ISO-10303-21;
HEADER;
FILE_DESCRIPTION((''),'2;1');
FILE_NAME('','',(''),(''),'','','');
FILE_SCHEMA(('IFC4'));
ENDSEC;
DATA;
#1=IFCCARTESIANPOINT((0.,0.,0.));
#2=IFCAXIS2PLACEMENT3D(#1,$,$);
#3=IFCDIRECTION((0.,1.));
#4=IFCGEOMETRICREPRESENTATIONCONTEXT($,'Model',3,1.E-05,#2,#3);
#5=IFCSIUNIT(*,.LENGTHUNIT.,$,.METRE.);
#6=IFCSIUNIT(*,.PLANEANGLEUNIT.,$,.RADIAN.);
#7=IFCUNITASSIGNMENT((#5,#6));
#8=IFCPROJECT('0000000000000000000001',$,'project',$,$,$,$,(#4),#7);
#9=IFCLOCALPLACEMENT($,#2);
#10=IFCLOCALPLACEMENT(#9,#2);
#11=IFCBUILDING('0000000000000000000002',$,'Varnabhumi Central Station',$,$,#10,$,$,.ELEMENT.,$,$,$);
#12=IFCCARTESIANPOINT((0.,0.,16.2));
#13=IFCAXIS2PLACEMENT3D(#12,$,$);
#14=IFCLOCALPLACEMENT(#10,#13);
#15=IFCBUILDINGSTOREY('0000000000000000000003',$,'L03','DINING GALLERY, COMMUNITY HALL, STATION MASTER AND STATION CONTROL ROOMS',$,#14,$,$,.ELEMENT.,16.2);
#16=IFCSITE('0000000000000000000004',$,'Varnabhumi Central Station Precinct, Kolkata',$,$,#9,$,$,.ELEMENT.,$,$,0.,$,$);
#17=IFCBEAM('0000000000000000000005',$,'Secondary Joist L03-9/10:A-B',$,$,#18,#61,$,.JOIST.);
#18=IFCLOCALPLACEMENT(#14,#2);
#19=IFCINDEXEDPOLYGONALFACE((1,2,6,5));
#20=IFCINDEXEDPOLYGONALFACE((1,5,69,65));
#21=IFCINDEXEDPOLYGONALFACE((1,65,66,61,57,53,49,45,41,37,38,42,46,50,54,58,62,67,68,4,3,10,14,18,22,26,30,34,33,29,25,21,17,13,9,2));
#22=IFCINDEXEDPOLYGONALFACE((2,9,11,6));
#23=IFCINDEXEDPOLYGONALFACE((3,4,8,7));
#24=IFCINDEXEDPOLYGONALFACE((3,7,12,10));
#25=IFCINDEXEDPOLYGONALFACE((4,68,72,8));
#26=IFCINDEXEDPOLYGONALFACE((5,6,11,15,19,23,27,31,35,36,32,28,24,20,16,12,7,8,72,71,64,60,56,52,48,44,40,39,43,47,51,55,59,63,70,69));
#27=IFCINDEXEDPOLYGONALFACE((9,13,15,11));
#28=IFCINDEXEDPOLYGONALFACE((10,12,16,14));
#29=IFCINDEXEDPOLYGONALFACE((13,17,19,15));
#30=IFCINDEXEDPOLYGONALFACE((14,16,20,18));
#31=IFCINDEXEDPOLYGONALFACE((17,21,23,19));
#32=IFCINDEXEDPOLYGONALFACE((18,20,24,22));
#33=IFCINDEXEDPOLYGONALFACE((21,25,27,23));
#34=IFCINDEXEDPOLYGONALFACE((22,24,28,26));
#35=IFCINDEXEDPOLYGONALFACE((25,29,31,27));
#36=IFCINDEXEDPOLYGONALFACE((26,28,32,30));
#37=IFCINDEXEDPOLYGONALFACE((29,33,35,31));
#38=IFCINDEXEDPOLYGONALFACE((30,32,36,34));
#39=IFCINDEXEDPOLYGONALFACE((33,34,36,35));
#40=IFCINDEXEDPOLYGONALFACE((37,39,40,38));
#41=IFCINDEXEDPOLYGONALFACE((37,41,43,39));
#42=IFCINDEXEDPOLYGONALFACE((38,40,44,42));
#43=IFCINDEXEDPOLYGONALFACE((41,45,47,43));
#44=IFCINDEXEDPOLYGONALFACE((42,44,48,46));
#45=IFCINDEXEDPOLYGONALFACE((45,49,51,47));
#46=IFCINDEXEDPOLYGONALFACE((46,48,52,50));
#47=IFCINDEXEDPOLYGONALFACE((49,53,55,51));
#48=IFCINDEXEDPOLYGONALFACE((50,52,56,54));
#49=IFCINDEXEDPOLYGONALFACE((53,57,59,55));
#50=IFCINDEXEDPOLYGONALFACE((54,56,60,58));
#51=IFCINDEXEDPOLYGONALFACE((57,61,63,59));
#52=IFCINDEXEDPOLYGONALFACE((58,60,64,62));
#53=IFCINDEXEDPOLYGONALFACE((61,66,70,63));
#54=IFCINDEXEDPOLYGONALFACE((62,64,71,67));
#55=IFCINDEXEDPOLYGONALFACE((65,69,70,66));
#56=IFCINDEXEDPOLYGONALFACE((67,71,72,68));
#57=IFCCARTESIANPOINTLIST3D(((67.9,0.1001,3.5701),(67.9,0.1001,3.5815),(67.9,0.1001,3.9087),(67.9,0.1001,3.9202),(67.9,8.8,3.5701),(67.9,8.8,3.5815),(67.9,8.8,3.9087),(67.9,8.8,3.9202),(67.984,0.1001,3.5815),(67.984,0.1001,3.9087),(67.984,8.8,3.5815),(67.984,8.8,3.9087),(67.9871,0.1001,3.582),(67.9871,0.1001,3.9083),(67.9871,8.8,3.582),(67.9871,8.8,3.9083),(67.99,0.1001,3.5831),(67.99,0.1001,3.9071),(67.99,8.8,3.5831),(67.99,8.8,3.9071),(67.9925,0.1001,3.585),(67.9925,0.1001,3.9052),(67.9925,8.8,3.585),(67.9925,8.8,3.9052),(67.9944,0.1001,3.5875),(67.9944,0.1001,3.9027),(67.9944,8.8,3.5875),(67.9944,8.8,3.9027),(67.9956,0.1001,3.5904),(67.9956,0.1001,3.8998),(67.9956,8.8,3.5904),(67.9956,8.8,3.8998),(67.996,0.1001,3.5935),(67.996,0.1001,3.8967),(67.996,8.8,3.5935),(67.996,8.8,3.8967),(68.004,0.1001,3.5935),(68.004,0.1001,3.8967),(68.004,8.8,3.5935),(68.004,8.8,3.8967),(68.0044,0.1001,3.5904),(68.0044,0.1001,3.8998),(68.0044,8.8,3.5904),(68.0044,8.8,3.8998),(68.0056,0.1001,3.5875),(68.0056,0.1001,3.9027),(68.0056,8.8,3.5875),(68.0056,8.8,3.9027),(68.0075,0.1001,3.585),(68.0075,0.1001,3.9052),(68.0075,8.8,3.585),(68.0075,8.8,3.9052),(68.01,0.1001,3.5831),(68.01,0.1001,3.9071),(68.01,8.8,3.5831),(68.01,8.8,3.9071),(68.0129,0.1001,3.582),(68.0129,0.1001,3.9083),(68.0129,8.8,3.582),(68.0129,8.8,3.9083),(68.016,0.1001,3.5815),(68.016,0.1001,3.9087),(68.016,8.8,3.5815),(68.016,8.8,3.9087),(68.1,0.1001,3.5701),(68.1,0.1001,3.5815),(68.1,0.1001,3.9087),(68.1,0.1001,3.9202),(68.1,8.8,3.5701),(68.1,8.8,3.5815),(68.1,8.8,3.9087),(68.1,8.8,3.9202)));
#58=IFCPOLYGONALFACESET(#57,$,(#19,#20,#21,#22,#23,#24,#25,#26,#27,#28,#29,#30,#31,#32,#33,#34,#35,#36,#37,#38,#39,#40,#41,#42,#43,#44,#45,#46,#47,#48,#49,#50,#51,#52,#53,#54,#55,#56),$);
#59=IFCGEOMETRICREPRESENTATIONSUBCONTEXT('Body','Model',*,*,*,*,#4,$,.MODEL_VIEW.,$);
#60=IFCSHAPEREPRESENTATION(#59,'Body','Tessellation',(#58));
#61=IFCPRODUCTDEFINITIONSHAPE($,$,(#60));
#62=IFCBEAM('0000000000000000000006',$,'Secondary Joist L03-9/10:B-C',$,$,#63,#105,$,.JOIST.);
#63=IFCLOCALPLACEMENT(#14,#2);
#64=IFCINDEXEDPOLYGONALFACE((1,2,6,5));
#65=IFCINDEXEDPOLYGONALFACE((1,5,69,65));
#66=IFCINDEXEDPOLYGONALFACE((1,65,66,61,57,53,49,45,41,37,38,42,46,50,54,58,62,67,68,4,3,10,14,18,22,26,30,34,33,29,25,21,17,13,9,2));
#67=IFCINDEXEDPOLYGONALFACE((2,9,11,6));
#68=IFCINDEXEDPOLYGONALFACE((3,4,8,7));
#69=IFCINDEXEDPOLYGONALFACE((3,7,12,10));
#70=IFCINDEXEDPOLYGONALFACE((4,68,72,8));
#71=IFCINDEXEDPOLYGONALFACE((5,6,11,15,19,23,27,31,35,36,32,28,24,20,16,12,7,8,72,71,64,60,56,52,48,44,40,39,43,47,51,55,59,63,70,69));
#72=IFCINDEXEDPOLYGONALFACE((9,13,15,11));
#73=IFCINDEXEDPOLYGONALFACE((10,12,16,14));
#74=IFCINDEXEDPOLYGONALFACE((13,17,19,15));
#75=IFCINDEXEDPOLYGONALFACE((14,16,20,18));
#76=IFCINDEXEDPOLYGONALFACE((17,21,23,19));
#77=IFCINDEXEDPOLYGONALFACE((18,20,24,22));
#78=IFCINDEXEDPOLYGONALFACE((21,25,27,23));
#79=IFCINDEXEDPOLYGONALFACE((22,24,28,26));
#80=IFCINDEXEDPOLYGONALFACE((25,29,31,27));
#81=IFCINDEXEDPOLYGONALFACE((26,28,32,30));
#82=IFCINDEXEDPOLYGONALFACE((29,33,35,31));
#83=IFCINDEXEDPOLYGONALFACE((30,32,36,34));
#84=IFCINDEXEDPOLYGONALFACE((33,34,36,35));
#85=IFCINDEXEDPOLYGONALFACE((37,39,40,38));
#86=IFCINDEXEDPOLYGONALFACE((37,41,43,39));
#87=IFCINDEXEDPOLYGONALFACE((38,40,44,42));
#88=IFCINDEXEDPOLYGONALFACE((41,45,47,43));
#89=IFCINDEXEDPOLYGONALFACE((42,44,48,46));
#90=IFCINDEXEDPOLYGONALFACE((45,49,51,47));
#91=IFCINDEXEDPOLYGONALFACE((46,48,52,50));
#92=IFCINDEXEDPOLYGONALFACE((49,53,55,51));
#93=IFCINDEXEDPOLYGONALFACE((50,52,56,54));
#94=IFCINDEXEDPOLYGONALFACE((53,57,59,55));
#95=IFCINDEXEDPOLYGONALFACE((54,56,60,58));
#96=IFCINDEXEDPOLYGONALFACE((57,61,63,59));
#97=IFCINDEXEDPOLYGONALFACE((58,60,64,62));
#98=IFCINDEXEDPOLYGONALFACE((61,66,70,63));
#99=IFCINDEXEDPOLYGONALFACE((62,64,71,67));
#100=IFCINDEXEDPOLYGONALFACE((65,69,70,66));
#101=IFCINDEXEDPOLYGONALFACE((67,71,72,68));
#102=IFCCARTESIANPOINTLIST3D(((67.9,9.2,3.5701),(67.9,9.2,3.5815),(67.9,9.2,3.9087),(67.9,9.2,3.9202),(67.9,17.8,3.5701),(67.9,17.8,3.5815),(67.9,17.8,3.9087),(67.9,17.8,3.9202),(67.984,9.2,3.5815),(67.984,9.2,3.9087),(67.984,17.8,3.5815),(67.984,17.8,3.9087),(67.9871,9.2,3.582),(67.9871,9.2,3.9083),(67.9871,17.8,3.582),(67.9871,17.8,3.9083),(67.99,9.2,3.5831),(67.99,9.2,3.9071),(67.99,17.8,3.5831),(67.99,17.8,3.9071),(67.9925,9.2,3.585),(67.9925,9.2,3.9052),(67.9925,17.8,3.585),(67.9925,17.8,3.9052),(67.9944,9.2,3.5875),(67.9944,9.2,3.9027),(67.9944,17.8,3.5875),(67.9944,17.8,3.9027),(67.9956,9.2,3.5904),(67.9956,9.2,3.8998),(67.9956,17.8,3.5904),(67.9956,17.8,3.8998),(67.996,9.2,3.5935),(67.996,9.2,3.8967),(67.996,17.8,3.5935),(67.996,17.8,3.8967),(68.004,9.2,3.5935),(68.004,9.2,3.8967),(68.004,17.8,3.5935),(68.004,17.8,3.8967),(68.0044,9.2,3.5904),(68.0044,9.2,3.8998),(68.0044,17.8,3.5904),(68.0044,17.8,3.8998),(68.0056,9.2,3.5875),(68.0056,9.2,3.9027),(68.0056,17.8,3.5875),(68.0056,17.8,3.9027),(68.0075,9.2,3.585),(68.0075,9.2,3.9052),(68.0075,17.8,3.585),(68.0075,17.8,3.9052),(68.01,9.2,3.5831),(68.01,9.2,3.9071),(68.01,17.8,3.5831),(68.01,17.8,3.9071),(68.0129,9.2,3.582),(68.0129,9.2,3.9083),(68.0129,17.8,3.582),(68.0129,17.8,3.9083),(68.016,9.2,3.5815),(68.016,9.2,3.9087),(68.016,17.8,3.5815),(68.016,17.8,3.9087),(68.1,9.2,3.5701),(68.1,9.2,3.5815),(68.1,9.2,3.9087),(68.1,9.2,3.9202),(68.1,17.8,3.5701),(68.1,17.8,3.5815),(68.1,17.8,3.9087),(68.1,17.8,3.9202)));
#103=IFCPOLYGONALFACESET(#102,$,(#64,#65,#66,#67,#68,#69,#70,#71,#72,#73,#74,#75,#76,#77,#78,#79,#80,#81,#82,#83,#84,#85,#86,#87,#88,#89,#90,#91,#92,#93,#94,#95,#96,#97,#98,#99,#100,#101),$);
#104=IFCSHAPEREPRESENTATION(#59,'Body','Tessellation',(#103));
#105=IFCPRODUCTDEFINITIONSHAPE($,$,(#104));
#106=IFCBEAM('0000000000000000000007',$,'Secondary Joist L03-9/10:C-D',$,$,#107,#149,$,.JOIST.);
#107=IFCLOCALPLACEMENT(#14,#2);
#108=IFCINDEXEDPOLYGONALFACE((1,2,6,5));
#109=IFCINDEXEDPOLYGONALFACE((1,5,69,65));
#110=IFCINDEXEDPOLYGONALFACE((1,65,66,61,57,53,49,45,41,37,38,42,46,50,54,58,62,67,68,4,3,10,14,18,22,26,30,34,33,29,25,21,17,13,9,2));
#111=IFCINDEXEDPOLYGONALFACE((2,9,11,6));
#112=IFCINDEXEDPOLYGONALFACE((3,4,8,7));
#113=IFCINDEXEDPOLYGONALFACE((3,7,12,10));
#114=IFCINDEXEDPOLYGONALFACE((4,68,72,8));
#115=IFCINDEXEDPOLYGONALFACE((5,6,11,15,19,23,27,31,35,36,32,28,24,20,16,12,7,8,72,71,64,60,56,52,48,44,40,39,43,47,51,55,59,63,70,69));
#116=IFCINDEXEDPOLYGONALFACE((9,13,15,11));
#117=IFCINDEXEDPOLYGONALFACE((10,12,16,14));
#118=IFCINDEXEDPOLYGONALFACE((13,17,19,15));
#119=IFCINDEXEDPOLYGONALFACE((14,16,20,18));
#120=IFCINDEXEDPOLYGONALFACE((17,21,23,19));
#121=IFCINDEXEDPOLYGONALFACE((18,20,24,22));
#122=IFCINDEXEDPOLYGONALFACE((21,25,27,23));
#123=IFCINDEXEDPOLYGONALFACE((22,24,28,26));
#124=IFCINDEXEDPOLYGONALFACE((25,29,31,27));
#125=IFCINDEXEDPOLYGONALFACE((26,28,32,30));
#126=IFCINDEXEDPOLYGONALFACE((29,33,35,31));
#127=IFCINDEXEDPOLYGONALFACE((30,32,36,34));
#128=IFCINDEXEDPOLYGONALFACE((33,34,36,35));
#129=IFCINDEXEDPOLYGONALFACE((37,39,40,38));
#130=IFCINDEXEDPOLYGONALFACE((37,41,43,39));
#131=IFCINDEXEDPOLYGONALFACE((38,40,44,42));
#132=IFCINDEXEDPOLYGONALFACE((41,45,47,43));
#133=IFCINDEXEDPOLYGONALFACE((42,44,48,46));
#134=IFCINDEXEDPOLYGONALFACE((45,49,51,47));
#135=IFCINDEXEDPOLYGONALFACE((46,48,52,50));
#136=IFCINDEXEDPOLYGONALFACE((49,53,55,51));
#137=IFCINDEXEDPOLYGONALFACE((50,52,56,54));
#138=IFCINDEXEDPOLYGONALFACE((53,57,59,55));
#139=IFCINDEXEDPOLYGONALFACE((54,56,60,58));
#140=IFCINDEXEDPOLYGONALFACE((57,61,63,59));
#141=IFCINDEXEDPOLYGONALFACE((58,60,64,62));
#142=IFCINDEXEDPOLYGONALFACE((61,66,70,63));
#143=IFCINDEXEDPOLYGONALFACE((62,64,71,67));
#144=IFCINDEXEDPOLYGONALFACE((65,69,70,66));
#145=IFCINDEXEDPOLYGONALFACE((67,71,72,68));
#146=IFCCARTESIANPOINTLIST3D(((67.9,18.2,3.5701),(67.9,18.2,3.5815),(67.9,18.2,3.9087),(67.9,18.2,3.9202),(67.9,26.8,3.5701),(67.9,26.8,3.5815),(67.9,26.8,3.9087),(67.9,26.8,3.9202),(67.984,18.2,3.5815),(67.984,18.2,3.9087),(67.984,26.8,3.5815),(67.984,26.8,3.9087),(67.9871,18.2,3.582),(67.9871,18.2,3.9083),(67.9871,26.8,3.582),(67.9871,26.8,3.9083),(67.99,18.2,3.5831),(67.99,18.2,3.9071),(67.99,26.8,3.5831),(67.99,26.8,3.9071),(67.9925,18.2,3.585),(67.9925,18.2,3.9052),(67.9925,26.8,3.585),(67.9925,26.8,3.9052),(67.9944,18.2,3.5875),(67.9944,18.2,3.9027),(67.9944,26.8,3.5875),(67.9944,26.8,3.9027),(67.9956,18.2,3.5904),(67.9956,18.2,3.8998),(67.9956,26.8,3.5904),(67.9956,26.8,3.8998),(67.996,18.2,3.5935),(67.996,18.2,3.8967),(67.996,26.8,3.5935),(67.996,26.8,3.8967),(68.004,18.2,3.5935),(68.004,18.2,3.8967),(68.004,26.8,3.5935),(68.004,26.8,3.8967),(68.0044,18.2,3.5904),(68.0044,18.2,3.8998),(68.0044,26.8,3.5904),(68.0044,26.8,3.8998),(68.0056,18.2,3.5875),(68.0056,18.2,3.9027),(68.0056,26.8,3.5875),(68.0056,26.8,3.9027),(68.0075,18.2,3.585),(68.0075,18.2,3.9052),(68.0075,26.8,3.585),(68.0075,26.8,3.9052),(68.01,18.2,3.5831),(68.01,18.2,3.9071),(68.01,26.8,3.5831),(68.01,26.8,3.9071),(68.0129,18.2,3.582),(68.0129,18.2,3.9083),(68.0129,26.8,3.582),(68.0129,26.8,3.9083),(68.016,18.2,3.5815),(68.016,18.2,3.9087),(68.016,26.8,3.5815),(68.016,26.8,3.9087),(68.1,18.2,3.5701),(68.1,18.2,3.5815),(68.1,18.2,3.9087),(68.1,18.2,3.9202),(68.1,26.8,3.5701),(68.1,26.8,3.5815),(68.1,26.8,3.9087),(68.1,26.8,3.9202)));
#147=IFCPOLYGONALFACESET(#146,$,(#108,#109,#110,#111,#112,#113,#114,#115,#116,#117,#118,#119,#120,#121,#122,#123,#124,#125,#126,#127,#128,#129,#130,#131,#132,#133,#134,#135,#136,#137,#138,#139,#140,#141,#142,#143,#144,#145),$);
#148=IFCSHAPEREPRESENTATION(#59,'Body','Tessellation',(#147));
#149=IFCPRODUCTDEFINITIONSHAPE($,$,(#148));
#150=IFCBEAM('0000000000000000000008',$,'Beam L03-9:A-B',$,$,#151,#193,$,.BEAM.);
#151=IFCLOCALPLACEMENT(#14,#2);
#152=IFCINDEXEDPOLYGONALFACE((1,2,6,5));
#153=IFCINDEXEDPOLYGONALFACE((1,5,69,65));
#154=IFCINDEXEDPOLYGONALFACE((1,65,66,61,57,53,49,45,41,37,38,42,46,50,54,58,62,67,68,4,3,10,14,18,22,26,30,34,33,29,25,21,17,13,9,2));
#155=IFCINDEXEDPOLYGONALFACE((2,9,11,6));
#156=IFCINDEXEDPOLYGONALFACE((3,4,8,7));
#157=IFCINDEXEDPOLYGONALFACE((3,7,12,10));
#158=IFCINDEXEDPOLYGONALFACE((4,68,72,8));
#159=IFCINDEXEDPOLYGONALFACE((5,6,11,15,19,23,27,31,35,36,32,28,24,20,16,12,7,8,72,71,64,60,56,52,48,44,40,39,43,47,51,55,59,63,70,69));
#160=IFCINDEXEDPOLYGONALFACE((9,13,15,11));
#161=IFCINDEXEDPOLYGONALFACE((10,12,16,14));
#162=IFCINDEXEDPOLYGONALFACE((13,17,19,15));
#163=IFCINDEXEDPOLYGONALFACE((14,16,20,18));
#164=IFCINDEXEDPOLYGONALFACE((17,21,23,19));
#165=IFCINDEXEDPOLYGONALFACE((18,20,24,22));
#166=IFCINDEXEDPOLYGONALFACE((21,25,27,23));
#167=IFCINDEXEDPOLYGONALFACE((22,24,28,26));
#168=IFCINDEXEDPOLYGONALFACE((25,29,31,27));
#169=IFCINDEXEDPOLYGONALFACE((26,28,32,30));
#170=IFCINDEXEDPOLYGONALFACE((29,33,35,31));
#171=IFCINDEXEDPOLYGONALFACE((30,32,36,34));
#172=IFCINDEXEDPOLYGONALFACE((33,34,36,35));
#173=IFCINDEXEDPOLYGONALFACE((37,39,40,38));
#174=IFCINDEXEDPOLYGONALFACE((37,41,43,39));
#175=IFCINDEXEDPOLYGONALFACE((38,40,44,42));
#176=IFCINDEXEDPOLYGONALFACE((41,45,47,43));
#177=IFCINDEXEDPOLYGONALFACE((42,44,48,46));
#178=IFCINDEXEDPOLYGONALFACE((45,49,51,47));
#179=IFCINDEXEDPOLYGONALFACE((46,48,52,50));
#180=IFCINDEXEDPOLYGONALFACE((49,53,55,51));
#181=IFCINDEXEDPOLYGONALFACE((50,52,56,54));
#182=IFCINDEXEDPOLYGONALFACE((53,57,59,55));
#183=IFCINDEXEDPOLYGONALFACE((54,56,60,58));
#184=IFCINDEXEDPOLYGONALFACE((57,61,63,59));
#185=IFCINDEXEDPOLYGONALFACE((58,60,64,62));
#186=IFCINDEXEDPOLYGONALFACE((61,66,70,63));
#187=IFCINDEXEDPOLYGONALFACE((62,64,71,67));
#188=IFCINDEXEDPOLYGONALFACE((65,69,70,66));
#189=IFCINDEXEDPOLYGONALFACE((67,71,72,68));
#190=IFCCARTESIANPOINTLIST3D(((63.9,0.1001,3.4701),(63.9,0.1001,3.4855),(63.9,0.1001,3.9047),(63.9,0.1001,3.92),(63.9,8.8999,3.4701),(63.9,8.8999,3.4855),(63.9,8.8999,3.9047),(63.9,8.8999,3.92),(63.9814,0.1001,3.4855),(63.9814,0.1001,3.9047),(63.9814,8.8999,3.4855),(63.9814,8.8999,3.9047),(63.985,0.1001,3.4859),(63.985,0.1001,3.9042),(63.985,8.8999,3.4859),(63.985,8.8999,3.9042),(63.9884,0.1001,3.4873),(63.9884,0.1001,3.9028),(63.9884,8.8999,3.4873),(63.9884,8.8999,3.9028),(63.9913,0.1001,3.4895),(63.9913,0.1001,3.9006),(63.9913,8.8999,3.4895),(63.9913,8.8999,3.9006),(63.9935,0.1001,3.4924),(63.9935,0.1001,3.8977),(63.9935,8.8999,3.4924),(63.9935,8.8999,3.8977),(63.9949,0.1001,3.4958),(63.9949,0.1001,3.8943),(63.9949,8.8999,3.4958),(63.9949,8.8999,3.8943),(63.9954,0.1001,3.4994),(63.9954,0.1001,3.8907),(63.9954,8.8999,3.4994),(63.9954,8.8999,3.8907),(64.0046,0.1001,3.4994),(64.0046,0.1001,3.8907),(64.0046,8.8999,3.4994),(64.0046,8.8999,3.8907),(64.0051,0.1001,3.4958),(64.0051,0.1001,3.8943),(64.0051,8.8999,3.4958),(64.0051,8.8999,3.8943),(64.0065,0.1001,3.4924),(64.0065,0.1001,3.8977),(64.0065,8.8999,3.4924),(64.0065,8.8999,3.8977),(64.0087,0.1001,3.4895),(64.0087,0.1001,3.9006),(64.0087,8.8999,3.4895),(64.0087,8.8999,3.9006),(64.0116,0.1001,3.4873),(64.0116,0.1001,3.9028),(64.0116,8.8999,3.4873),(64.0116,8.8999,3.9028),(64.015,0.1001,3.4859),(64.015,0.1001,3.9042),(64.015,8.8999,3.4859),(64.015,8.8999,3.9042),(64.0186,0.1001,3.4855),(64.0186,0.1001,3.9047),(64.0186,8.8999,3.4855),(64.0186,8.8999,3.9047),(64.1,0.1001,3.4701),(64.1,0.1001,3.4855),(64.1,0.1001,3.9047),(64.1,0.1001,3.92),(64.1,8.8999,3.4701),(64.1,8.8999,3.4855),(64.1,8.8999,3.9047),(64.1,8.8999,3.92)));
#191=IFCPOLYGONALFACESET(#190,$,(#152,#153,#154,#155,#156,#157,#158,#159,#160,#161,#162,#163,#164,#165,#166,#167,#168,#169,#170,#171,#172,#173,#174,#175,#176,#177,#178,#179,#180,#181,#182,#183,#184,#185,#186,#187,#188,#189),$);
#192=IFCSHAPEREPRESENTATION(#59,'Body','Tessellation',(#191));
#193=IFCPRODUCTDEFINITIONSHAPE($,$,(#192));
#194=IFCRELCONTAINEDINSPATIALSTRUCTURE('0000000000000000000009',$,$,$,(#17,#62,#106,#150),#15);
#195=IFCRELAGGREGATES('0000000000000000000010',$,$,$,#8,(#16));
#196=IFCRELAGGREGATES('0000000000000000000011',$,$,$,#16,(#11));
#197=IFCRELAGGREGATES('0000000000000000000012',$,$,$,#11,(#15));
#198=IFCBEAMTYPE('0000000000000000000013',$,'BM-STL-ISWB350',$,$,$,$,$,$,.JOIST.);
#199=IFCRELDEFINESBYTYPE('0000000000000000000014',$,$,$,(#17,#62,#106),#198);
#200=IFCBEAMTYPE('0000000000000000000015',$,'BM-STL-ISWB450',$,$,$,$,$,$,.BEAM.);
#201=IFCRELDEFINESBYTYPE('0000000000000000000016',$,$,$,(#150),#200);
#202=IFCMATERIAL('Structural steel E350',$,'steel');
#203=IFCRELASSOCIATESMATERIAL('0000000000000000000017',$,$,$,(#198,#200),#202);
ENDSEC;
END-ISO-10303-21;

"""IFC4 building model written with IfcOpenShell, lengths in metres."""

from ifc_helpers import new_model, si_unit, direction, frame, origin, origin_2d, place, context, subcontext, project, spatial, i_section, extrude, material, material_profile, profile_set, type_object, element, save


model = new_model("IFC4")

# Units and contexts
model_context = context("Model", 3, precision=1e-05, world=origin(), true_north=direction((0.0, 1.0)))
body_context = subcontext(model_context, "Body", "Model", "MODEL_VIEW")
ifc_project = project(units=[si_unit("LENGTHUNIT", "METRE"), si_unit("PLANEANGLEUNIT", "RADIAN")], contexts=[model_context])

# Site, building, storey
site_placement = place(None, origin())
site = spatial("IfcSite", under=ifc_project, at=site_placement, Name="Varnabhumi Central Station Precinct, Kolkata", CompositionType="ELEMENT", RefElevation=0.0)
building_placement = place(site_placement, origin())
building = spatial("IfcBuilding", under=site, at=building_placement, Name="Varnabhumi Central Station", CompositionType="ELEMENT")
storey_placement = place(building_placement, frame((0.0, 0.0, 16.2)))
storey = spatial("IfcBuildingStorey", under=building, at=storey_placement, Name="L03", Description="DINING GALLERY, COMMUNITY HALL, STATION MASTER AND STATION CONTROL ROOMS", CompositionType="ELEMENT", Elevation=16.2)

# Beams
ifc_material_1 = material(Name="Structural steel E350", Category="steel")
ifc_material_profile_1 = material_profile(ifc_material_1, i_section(OverallWidth=0.2, OverallDepth=0.3501, WebThickness=0.0081, FlangeThickness=0.0115, FilletRadius=0.012, at=origin_2d()), Name="Structural steel E350", Category="steel")
ifc_profile_set_1 = profile_set([ifc_material_profile_1], Name="Structural steel E350")
beam_type_1 = type_object("IfcBeamType", Name="BM-STL-ISWB350", PredefinedType="JOIST", material=ifc_profile_set_1)
beam_1_placement = place(storey_placement, frame((68.0, 0.1001, 3.7451), z_axis=(0.0, 1.0, 0.0), x_axis=(-1.0, 0.0, 0.0)))
element("IfcBeam", 1, at=beam_1_placement, inside=storey, type_object=beam_type_1, Name="Secondary Joist L03-9/10:A-B", PredefinedType="JOIST", context=body_context, shape_type="SweptSolid", body=[
    extrude(i_section(OverallWidth=0.2, OverallDepth=0.3501, WebThickness=0.0081, FlangeThickness=0.0115, FilletRadius=0.012, at=origin_2d()), origin(), (0.0, 0.0, 1.0), 8.7),
])
for number, where, z_axis, x_axis, name in (
    (2, (68.0, 9.2, 3.7451), (0.0, 1.0, 0.0), (-1.0, 0.0, 0.0), "Secondary Joist L03-9/10:B-C"),
    (3, (68.0, 18.2, 3.7451), (0.0, 1.0, 0.0), (-1.0, 0.0, 0.0), "Secondary Joist L03-9/10:C-D"),
):
    element("IfcBeam", number, at=place(storey_placement, frame(where, z_axis=z_axis, x_axis=x_axis)), inside=storey, type_object=beam_type_1, Name=name, PredefinedType="JOIST", context=body_context, shape_type="SweptSolid", body=[
        extrude(i_section(OverallWidth=0.2, OverallDepth=0.3501, WebThickness=0.0081, FlangeThickness=0.0115, FilletRadius=0.012, at=origin_2d()), origin(), (0.0, 0.0, 1.0), 8.6001),
    ])
ifc_material_profile_2 = material_profile(ifc_material_1, i_section(OverallWidth=0.2, OverallDepth=0.45, WebThickness=0.0093, FlangeThickness=0.0154, FilletRadius=0.0139, at=origin_2d()), Name="Structural steel E350", Category="steel")
ifc_profile_set_2 = profile_set([ifc_material_profile_2], Name="Structural steel E350")
beam_type_2 = type_object("IfcBeamType", Name="BM-STL-ISWB450", PredefinedType="BEAM", material=ifc_profile_set_2)
for number, where, z_axis, x_axis, name in (
    (4, (64.0, 0.1001, 3.6951), (0.0, 1.0, 0.0), (-1.0, 0.0, 0.0), "Beam L03-9:A-B"),
):
    element("IfcBeam", number, at=place(storey_placement, frame(where, z_axis=z_axis, x_axis=x_axis)), inside=storey, type_object=beam_type_2, Name=name, PredefinedType="BEAM", context=body_context, shape_type="SweptSolid", body=[
        extrude(i_section(OverallWidth=0.2, OverallDepth=0.45, WebThickness=0.0093, FlangeThickness=0.0154, FilletRadius=0.0139, at=origin_2d()), origin(), (0.0, 0.0, 1.0), 8.7998),
    ])

save(model, "model.ifc")
